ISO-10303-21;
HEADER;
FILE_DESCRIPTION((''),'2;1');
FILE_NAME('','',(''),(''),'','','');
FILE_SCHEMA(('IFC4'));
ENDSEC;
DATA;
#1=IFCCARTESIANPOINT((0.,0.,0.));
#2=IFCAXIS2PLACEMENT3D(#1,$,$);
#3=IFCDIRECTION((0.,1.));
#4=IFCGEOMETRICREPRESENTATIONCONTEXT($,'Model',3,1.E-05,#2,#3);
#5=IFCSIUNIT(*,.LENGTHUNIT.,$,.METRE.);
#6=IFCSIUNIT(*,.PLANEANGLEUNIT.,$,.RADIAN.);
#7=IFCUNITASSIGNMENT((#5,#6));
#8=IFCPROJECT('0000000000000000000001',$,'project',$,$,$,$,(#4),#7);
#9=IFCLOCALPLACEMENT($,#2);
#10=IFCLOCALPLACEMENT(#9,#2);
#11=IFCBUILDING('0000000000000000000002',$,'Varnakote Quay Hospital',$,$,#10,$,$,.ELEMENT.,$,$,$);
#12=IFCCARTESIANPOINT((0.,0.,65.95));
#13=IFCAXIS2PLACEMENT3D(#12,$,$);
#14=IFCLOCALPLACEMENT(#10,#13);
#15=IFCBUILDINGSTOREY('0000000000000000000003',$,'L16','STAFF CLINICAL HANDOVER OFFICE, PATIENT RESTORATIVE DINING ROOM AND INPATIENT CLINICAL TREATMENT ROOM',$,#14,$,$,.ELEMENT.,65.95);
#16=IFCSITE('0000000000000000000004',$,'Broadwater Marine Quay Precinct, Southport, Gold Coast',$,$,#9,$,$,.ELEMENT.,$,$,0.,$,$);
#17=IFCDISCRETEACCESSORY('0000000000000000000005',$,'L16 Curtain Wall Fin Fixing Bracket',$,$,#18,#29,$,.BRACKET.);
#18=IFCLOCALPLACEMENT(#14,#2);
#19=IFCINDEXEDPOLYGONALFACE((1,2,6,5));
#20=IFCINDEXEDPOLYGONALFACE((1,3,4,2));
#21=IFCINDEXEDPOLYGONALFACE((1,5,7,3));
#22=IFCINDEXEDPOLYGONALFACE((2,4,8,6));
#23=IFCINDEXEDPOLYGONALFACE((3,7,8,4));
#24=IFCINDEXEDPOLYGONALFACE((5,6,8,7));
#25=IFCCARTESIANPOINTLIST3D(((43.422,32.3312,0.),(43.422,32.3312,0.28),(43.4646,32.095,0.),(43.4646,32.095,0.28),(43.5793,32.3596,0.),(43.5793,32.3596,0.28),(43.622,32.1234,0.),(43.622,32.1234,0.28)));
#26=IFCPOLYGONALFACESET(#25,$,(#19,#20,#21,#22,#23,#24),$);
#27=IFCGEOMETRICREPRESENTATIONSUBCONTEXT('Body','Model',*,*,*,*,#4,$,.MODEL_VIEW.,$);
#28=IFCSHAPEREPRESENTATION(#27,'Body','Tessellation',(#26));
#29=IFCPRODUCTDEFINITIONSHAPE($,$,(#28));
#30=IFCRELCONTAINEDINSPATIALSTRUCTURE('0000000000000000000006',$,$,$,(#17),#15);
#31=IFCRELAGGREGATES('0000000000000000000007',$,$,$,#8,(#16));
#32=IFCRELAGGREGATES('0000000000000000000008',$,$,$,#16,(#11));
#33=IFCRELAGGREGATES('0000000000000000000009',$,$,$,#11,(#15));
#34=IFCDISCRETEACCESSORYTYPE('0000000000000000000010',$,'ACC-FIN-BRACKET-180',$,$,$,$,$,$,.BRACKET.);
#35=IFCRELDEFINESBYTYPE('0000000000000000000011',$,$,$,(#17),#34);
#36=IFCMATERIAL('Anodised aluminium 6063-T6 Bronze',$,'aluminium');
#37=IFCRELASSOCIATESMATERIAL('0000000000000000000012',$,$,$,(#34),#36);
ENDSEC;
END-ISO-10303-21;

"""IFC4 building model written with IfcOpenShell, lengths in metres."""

from ifc_helpers import new_model, si_unit, direction, frame, origin, origin_2d, place, context, subcontext, project, spatial, rectangle, extrude, material, type_object, element, save


model = new_model("IFC4")

# Units and contexts
model_context = context("Model", 3, precision=1e-05, world=origin(), true_north=direction((0.0, 1.0)))
body_context = subcontext(model_context, "Body", "Model", "MODEL_VIEW")
ifc_project = project(units=[si_unit("LENGTHUNIT", "METRE"), si_unit("PLANEANGLEUNIT", "RADIAN")], contexts=[model_context])

# Site, building, storey
site_placement = place(None, origin())
site = spatial("IfcSite", under=ifc_project, at=site_placement, Name="Broadwater Marine Quay Precinct, Southport, Gold Coast", CompositionType="ELEMENT", RefElevation=0.0)
building_placement = place(site_placement, origin())
building = spatial("IfcBuilding", under=site, at=building_placement, Name="Varnakote Quay Hospital", CompositionType="ELEMENT")
storey_placement = place(building_placement, frame((0.0, 0.0, 65.95)))
storey = spatial("IfcBuildingStorey", under=building, at=storey_placement, Name="L16", Description="STAFF CLINICAL HANDOVER OFFICE, PATIENT RESTORATIVE DINING ROOM AND INPATIENT CLINICAL TREATMENT ROOM", CompositionType="ELEMENT", Elevation=65.95)

# Discrete accessory
ifc_material_1 = material(Name="Anodised aluminium 6063-T6 Bronze", Category="aluminium")
discrete_accessory_type = type_object("IfcDiscreteAccessoryType", Name="ACC-FIN-BRACKET-180", PredefinedType="BRACKET", material=ifc_material_1)
for number, where, z_axis, x_axis, name in (
    (1, (43.522, 32.2273, 0.0), (0.0, 0.0, 1.0), (-0.984072, -0.177772, 0.0), "L16 Curtain Wall Fin Fixing Bracket"),
):
    element("IfcDiscreteAccessory", number, at=place(storey_placement, frame(where, z_axis=z_axis, x_axis=x_axis)), inside=storey, type_object=discrete_accessory_type, Name=name, PredefinedType="BRACKET", context=body_context, shape_type="SweptSolid", body=[
        extrude(rectangle(XDim=0.1599, YDim=0.24, at=origin_2d()), origin(), (0.0, 0.0, 1.0), 0.28),
    ])

save(model, "model.ifc")
